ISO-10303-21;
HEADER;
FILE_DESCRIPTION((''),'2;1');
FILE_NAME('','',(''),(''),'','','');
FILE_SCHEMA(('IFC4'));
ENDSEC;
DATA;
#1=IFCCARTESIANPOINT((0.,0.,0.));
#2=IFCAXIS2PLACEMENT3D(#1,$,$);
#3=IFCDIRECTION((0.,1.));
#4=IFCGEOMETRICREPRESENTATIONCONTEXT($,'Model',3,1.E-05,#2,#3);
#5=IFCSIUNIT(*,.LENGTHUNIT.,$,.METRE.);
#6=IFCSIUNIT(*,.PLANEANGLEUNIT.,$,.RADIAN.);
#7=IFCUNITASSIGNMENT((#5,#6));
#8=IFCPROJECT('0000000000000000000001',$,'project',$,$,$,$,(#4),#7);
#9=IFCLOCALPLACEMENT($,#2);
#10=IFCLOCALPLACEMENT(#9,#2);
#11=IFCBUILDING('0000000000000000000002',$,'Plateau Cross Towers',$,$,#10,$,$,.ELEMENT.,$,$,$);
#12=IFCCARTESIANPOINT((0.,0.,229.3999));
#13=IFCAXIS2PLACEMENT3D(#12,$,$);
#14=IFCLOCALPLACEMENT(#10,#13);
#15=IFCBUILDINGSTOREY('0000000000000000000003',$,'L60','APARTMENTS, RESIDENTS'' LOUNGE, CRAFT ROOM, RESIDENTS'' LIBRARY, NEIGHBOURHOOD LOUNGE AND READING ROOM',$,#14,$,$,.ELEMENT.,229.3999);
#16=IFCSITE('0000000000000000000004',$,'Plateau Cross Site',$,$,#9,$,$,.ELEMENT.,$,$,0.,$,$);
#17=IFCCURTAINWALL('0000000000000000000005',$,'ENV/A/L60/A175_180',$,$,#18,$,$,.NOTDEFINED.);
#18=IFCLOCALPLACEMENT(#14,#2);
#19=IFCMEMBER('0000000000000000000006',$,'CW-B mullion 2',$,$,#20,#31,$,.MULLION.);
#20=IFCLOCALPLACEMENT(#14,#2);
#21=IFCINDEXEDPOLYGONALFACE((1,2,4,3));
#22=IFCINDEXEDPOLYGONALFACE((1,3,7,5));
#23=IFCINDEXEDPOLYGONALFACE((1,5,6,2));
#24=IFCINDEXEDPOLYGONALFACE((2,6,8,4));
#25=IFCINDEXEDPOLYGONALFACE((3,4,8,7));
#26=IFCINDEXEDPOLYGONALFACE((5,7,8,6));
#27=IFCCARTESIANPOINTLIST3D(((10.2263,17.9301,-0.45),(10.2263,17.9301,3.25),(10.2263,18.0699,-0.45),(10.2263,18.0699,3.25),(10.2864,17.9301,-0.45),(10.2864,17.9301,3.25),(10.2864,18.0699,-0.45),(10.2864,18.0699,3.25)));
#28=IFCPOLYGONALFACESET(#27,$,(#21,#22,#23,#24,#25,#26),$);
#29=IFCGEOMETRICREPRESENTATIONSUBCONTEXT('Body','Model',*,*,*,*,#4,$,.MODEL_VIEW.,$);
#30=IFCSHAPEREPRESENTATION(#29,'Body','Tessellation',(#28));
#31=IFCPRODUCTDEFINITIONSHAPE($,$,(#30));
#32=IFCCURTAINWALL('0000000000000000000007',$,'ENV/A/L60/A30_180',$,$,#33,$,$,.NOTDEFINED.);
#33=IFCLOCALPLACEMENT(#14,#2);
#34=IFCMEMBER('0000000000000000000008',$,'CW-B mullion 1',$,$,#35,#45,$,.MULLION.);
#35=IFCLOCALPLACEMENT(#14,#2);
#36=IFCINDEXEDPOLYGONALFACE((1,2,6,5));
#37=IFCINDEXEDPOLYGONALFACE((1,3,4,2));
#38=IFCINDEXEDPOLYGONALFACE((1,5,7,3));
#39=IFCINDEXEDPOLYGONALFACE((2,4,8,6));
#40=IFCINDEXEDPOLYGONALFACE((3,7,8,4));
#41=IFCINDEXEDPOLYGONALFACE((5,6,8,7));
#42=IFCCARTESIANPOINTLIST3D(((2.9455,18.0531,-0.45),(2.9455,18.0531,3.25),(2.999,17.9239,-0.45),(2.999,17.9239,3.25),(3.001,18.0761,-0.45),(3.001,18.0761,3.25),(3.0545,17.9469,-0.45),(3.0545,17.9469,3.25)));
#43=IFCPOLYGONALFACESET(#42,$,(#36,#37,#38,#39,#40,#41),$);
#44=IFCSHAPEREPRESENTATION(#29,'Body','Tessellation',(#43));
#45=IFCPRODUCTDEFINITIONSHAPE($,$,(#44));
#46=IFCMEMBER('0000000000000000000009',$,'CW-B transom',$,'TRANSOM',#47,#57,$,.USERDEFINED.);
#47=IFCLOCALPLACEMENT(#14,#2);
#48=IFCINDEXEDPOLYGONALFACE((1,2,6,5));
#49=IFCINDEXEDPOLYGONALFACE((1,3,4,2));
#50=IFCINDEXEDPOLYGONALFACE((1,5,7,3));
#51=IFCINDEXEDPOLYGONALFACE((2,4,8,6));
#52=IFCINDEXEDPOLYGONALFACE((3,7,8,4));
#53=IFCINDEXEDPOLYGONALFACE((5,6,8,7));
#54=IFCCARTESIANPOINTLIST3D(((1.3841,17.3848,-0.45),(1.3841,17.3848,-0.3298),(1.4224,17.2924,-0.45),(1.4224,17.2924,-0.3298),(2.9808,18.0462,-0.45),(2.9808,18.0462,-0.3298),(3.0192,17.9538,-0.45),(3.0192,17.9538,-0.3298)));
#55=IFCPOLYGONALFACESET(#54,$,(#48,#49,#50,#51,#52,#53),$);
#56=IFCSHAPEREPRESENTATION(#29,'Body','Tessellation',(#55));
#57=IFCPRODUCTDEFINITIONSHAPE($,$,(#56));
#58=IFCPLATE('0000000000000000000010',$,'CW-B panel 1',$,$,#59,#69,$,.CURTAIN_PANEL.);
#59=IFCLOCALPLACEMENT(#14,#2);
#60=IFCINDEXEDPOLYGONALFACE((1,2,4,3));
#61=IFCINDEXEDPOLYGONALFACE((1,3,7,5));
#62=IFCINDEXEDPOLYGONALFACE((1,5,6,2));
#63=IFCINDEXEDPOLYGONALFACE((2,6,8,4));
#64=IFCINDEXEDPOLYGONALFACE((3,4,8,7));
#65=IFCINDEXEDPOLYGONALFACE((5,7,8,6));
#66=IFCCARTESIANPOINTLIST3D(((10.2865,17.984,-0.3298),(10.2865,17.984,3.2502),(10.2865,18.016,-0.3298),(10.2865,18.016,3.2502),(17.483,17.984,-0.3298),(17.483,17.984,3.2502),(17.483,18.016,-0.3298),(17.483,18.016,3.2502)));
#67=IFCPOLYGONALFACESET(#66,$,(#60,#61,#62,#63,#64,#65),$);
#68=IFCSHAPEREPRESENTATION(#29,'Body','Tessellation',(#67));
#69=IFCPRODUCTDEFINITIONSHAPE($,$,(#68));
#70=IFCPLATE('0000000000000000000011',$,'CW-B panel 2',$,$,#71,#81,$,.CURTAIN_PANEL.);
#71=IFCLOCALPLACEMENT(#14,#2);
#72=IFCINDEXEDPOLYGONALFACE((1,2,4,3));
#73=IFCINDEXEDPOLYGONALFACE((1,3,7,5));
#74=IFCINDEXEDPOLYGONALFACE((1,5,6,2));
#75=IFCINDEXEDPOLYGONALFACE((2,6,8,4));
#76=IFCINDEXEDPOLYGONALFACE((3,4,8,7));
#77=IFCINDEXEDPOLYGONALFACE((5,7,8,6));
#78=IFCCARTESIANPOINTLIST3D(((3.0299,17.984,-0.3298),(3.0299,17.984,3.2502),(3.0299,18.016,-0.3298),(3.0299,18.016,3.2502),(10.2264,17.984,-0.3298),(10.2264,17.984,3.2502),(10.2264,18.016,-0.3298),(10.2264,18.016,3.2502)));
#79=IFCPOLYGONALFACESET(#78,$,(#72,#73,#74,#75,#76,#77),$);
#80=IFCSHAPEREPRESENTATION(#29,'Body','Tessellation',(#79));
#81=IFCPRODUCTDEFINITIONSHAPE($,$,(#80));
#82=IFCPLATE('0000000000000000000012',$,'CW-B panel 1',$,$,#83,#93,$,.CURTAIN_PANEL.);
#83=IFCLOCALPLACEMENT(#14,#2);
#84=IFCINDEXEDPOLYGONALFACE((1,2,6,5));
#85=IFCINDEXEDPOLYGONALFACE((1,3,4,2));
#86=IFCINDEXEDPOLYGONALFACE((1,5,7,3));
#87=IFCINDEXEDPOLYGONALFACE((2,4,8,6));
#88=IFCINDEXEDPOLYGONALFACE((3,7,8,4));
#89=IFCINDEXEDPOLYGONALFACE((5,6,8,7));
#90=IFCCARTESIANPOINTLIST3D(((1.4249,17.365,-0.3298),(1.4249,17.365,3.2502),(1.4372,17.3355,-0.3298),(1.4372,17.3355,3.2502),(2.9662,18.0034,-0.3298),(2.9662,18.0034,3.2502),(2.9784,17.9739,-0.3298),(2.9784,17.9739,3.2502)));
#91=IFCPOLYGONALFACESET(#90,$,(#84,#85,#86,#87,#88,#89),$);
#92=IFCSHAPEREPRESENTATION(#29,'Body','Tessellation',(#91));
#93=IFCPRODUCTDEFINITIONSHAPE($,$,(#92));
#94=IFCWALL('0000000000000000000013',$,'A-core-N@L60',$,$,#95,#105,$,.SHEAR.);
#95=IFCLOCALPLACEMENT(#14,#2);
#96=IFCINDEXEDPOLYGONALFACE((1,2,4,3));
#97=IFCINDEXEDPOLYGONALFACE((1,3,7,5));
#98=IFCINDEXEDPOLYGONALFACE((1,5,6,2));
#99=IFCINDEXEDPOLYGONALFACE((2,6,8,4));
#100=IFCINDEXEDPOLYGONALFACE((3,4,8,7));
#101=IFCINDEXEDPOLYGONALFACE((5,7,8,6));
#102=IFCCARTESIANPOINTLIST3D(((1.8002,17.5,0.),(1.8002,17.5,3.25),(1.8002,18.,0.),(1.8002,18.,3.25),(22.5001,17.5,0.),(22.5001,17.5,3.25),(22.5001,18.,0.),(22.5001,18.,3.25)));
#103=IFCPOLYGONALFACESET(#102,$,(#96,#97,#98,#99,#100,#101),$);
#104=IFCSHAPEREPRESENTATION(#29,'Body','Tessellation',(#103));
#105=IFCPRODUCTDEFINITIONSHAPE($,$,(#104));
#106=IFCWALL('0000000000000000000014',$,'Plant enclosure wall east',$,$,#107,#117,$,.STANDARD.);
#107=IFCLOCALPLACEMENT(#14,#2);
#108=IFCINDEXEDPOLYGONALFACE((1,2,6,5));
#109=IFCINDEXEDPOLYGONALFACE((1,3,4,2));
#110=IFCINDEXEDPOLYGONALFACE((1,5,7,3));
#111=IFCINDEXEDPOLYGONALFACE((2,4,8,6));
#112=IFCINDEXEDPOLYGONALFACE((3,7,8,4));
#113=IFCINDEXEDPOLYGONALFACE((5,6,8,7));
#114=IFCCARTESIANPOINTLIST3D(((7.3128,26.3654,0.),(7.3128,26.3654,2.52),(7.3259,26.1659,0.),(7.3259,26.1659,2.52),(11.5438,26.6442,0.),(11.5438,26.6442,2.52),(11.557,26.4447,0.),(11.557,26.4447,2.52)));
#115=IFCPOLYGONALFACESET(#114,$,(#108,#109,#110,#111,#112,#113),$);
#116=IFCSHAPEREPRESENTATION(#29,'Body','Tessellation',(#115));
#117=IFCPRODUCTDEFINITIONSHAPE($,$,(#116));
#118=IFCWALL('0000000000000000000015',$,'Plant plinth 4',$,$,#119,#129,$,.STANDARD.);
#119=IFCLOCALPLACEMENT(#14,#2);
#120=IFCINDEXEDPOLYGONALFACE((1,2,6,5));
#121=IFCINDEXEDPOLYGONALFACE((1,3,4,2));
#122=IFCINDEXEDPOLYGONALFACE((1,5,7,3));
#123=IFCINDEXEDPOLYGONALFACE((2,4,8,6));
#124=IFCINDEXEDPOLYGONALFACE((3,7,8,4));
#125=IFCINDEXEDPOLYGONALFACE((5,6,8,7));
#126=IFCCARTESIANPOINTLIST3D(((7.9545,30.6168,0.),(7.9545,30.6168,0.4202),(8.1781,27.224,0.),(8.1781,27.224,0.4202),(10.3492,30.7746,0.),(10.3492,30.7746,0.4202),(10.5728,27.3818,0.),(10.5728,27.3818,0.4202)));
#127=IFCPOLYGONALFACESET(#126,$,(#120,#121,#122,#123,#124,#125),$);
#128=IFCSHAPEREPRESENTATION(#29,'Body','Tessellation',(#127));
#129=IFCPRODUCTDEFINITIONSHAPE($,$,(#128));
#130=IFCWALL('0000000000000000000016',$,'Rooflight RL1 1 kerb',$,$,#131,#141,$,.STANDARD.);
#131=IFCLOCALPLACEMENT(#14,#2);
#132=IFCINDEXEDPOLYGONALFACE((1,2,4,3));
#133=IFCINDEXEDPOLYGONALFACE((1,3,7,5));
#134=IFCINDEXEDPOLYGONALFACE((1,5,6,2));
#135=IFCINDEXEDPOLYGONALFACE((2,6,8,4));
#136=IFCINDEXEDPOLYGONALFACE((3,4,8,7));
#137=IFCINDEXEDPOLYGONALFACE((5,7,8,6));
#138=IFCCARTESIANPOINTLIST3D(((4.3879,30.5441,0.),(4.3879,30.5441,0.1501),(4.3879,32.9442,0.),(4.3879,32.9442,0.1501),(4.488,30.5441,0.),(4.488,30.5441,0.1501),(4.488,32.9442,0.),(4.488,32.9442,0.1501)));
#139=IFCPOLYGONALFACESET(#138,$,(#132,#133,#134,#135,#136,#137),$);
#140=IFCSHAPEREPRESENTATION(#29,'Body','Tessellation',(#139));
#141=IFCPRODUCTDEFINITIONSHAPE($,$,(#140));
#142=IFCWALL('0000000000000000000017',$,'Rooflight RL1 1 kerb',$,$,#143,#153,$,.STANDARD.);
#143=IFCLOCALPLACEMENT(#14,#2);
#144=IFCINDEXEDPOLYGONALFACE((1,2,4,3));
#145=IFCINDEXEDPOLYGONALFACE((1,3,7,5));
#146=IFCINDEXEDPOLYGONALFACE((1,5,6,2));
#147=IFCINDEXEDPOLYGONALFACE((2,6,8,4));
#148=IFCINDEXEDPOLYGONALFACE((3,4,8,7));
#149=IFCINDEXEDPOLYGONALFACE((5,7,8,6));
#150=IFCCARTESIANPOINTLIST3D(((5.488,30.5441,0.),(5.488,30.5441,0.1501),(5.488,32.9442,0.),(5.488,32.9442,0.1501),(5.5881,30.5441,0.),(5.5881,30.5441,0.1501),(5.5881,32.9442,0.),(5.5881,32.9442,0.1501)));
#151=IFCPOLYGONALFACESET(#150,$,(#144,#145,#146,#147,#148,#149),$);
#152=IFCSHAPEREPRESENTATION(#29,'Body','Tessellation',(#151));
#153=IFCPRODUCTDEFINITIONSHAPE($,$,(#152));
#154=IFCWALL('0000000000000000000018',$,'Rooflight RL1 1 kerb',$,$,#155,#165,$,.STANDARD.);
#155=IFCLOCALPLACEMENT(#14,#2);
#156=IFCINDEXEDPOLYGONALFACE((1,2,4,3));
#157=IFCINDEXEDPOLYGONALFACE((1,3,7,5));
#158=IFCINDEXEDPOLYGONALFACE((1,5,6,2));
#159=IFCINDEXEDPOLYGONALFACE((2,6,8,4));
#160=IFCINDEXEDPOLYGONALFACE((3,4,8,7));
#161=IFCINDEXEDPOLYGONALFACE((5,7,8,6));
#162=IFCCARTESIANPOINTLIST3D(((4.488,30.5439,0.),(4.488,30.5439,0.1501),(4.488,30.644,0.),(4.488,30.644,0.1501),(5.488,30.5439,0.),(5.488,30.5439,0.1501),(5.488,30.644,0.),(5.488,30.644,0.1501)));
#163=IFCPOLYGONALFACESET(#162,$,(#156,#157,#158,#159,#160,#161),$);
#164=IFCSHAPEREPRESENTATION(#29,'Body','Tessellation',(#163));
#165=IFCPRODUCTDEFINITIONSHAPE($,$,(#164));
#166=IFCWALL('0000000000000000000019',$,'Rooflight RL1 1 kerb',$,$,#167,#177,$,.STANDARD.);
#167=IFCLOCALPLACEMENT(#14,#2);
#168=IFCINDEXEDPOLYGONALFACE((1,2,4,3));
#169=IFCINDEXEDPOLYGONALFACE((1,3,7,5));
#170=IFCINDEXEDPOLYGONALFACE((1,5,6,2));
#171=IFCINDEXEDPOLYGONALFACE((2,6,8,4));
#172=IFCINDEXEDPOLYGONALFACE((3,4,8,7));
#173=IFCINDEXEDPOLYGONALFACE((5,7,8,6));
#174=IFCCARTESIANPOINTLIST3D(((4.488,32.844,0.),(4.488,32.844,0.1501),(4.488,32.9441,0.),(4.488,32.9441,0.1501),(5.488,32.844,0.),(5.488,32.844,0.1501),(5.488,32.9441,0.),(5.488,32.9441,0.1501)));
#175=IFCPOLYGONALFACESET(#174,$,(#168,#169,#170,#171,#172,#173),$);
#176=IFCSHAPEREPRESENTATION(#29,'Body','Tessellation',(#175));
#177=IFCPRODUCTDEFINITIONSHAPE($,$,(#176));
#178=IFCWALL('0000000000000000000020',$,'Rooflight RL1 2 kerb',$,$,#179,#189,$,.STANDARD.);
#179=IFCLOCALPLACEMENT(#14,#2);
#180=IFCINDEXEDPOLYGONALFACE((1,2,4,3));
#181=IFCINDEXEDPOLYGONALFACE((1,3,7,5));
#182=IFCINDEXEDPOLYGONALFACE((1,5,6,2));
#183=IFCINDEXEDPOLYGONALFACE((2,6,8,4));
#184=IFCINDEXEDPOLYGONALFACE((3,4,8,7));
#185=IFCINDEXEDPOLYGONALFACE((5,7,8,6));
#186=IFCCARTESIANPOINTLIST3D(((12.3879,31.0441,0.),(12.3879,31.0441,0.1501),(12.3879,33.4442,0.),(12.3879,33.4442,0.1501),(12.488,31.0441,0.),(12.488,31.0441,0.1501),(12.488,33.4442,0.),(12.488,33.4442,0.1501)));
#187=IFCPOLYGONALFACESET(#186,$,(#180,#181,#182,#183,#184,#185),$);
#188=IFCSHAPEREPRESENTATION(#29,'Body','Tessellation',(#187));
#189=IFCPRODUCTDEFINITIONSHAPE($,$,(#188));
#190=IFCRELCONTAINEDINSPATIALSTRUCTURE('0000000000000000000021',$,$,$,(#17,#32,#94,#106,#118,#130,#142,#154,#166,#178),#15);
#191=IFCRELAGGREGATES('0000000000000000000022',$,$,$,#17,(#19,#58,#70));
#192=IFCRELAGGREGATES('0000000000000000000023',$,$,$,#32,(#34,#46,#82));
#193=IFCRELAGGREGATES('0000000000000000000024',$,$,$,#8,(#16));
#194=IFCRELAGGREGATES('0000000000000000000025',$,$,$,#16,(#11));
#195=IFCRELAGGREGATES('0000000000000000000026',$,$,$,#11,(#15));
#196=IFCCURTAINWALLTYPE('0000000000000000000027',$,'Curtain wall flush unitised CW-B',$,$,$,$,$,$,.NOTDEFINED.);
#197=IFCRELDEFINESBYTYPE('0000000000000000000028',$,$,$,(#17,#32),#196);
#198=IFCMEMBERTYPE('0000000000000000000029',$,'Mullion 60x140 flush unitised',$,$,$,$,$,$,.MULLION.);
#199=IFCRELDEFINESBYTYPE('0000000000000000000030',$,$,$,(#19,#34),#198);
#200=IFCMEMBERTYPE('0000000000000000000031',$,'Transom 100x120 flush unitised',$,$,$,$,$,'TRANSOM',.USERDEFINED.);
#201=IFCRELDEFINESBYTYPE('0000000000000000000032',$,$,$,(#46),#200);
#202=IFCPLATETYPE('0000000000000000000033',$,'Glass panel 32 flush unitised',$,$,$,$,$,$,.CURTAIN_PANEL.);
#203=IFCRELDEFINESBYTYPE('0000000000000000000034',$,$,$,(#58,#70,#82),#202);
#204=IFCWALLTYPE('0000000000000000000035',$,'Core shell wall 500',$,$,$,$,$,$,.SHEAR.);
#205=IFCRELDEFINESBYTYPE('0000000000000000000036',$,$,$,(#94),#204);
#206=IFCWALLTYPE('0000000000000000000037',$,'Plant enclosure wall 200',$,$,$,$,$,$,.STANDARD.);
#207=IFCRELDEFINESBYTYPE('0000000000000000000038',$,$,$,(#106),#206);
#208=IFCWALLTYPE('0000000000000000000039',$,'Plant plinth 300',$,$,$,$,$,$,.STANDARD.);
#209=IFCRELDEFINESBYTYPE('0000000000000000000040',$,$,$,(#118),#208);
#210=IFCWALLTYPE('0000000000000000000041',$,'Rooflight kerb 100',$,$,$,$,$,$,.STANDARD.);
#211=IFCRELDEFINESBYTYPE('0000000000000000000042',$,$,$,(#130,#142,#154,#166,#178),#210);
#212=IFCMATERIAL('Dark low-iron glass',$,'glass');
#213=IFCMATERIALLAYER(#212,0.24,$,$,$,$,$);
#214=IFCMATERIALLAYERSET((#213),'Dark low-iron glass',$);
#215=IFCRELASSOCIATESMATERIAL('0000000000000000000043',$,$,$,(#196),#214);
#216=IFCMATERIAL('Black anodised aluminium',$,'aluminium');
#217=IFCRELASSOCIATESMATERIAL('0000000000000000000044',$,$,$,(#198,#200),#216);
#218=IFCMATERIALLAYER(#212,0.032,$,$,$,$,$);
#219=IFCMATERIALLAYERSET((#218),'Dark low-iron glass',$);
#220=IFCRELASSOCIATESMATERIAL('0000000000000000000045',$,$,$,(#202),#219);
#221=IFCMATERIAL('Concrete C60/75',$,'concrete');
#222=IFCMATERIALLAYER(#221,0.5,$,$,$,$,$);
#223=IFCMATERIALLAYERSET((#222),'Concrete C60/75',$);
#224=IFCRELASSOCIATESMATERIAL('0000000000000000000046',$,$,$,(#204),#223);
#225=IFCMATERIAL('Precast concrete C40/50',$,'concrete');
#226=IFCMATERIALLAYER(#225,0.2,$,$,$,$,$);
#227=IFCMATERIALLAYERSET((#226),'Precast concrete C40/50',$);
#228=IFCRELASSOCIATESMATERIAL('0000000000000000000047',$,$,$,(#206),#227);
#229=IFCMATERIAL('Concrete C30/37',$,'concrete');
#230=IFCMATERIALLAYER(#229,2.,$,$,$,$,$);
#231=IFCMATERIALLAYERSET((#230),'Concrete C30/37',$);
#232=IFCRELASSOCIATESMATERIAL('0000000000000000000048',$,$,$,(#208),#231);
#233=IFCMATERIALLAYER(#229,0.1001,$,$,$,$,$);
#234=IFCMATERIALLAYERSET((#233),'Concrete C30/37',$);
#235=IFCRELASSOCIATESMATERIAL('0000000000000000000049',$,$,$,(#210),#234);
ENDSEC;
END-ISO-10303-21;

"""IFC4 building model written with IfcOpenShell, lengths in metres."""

from ifc_helpers import new_model, si_unit, direction, frame, frame_2d, origin, origin_2d, place, context, subcontext, project, spatial, rectangle, extrude, material, layer, layer_set, material_profile, profile_set, type_object, element, aggregate, save


model = new_model("IFC4")

# Units and contexts
model_context = context("Model", 3, precision=1e-05, world=origin(), true_north=direction((0.0, 1.0)))
body_context = subcontext(model_context, "Body", "Model", "MODEL_VIEW")
ifc_project = project(units=[si_unit("LENGTHUNIT", "METRE"), si_unit("PLANEANGLEUNIT", "RADIAN")], contexts=[model_context])

# Site, building, storey
site_placement = place(None, origin())
site = spatial("IfcSite", under=ifc_project, at=site_placement, Name="Plateau Cross Site", CompositionType="ELEMENT", RefElevation=0.0)
building_placement = place(site_placement, origin())
building = spatial("IfcBuilding", under=site, at=building_placement, Name="Plateau Cross Towers", CompositionType="ELEMENT")
storey_placement = place(building_placement, frame((0.0, 0.0, 229.3999)))
storey = spatial("IfcBuildingStorey", under=building, at=storey_placement, Name="L60", Description="APARTMENTS, RESIDENTS' LOUNGE, CRAFT ROOM, RESIDENTS' LIBRARY, NEIGHBOURHOOD LOUNGE AND READING ROOM", CompositionType="ELEMENT", Elevation=229.3999)

# Curtain wall, member
ifc_material_1 = material(Name="Dark low-iron glass", Category="glass")
ifc_layer_1 = layer(ifc_material_1, 0.24)
ifc_layer_set_1 = layer_set([ifc_layer_1], Name="Dark low-iron glass")
curtain_wall_type = type_object("IfcCurtainWallType", Name="Curtain wall flush unitised CW-B", PredefinedType="NOTDEFINED", material=ifc_layer_set_1)
curtain_wall_1_placement = place(storey_placement, origin())
curtain_wall_1 = element("IfcCurtainWall", 1, at=curtain_wall_1_placement, inside=storey, type_object=curtain_wall_type, Name="ENV/A/L60/A175_180", PredefinedType="NOTDEFINED")
ifc_material_2 = material(Name="Black anodised aluminium", Category="aluminium")
ifc_material_profile_1 = material_profile(ifc_material_2, rectangle(XDim=0.0601, YDim=0.1399, at=origin_2d()), Name="MULLION 60x140")
ifc_profile_set_1 = profile_set([ifc_material_profile_1], Name="Black anodised aluminium")
member_type_1 = type_object("IfcMemberType", Name="Mullion 60x140 flush unitised", PredefinedType="MULLION", material=ifc_profile_set_1)
member_1_placement = place(storey_placement, frame((10.2563, 18.0, -0.45), z_axis=(0.0, 0.0, 1.0), x_axis=(-1.0, 0.0, 0.0)))
member_1 = element("IfcMember", 2, at=member_1_placement, type_object=member_type_1, Name="CW-B mullion 2", PredefinedType="MULLION", context=body_context, shape_type="SweptSolid", body=[
    extrude(rectangle(XDim=0.0601, YDim=0.1399, at=origin_2d()), origin(), (0.0, 0.0, 1.0), 3.7),
])

# Curtain wall, members
curtain_wall_2_placement = place(storey_placement, origin())
curtain_wall_2 = element("IfcCurtainWall", 3, at=curtain_wall_2_placement, inside=storey, type_object=curtain_wall_type, Name="ENV/A/L60/A30_180", PredefinedType="NOTDEFINED")
member_2_placement = place(storey_placement, frame((3.0, 18.0, -0.45), z_axis=(0.0, 0.0, 1.0), x_axis=(-0.923879, -0.382684, 0.0)))
member_2 = element("IfcMember", 4, at=member_2_placement, type_object=member_type_1, Name="CW-B mullion 1", PredefinedType="MULLION", context=body_context, shape_type="SweptSolid", body=[
    extrude(rectangle(XDim=0.0601, YDim=0.1399, at=origin_2d()), origin(), (0.0, 0.0, 1.0), 3.7),
])
ifc_material_profile_2 = material_profile(ifc_material_2, rectangle(XDim=0.1001, YDim=0.1201, at=origin_2d()), Name="TRANSOM 100x120")
ifc_profile_set_2 = profile_set([ifc_material_profile_2], Name="Black anodised aluminium")
member_type_2 = type_object("IfcMemberType", Name="Transom 100x120 flush unitised", ElementType="TRANSOM", PredefinedType="USERDEFINED", material=ifc_profile_set_2)
member_3_placement = place(storey_placement, frame((3.0, 18.0, -0.3899), z_axis=(-0.923877, -0.382689, 0.0), x_axis=(0.382689, -0.923877, 0.0)))
member_3 = element("IfcMember", 5, at=member_3_placement, type_object=member_type_2, Name="CW-B transom", ObjectType="TRANSOM", PredefinedType="USERDEFINED", context=body_context, shape_type="SweptSolid", body=[
    extrude(rectangle(XDim=0.1001, YDim=0.1201, at=origin_2d()), origin(), (0.0, 0.0, 1.0), 1.7283),
])

# Plates
ifc_layer_2 = layer(ifc_material_1, 0.032)
ifc_layer_set_2 = layer_set([ifc_layer_2], Name="Dark low-iron glass")
plate_type = type_object("IfcPlateType", Name="Glass panel 32 flush unitised", PredefinedType="CURTAIN_PANEL", material=ifc_layer_set_2)
plate_1_placement = place(storey_placement, frame((13.8848, 18.0, -0.3298), z_axis=(0.0, 0.0, 1.0), x_axis=(-1.0, 0.0, 0.0)))
plate_1 = element("IfcPlate", 6, at=plate_1_placement, type_object=plate_type, Name="CW-B panel 1", PredefinedType="CURTAIN_PANEL", context=body_context, shape_type="SweptSolid", body=[
    extrude(rectangle(XDim=7.1965, YDim=0.032, at=origin_2d()), origin(), (0.0, 0.0, 1.0), 3.5801),
])
plate_2_placement = place(storey_placement, frame((6.6282, 18.0, -0.3298), z_axis=(0.0, 0.0, 1.0), x_axis=(-1.0, 0.0, 0.0)))
plate_2 = element("IfcPlate", 7, at=plate_2_placement, type_object=plate_type, Name="CW-B panel 2", PredefinedType="CURTAIN_PANEL", context=body_context, shape_type="SweptSolid", body=[
    extrude(rectangle(XDim=7.1965, YDim=0.032, at=origin_2d()), origin(), (0.0, 0.0, 1.0), 3.5801),
])
aggregate(curtain_wall_1, [member_1, plate_1, plate_2])
plate_3_placement = place(storey_placement, frame((2.2017, 17.6694, -0.3298), z_axis=(0.0, 0.0, 1.0), x_axis=(-0.923879, -0.382684, 0.0)))
plate_3 = element("IfcPlate", 8, at=plate_3_placement, type_object=plate_type, Name="CW-B panel 1", PredefinedType="CURTAIN_PANEL", context=body_context, shape_type="SweptSolid", body=[
    extrude(rectangle(XDim=1.6682, YDim=0.032, at=origin_2d()), origin(), (0.0, 0.0, 1.0), 3.5801),
])
aggregate(curtain_wall_2, [member_2, member_3, plate_3])

# Walls
ifc_material_3 = material(Name="Concrete C60/75", Category="concrete")
ifc_layer_3 = layer(ifc_material_3, 0.5)
ifc_layer_set_3 = layer_set([ifc_layer_3], Name="Concrete C60/75")
wall_type_1 = type_object("IfcWallType", Name="Core shell wall 500", PredefinedType="SHEAR", material=ifc_layer_set_3)
wall_1_placement = place(storey_placement, frame((1.8, 17.75, 0.0), z_axis=(0.0, 0.0, 1.0), x_axis=(1.0, 0.0, 0.0)))
element("IfcWall", 9, at=wall_1_placement, inside=storey, type_object=wall_type_1, Name="A-core-N@L60", PredefinedType="SHEAR", context=body_context, shape_type="SweptSolid", body=[
    extrude(rectangle(XDim=20.7, YDim=0.5, at=frame_2d((10.3501, 0.0))), origin(), (0.0, 0.0, 1.0), 3.25),
])
ifc_material_4 = material(Name="Precast concrete C40/50", Category="concrete")
ifc_layer_4 = layer(ifc_material_4, 0.2)
ifc_layer_set_4 = layer_set([ifc_layer_4], Name="Precast concrete C40/50")
wall_type_2 = type_object("IfcWallType", Name="Plant enclosure wall 200", PredefinedType="STANDARD", material=ifc_layer_set_4)
wall_2_placement = place(storey_placement, frame((7.3193, 26.2656, 0.0), z_axis=(0.0, 0.0, 1.0), x_axis=(0.997836, 0.065755, 0.0)))
element("IfcWall", 10, at=wall_2_placement, inside=storey, type_object=wall_type_2, Name="Plant enclosure wall east", PredefinedType="STANDARD", context=body_context, shape_type="SweptSolid", body=[
    extrude(rectangle(XDim=4.2402, YDim=0.2, at=frame_2d((2.1201, 0.0))), origin(), (0.0, 0.0, 1.0), 2.52),
])
ifc_material_5 = material(Name="Concrete C30/37", Category="concrete")
ifc_layer_5 = layer(ifc_material_5, 2.0)
ifc_layer_set_5 = layer_set([ifc_layer_5], Name="Concrete C30/37")
wall_type_3 = type_object("IfcWallType", Name="Plant plinth 300", PredefinedType="STANDARD", material=ifc_layer_set_5)
wall_3_placement = place(storey_placement, frame((9.1519, 30.6958, 0.0), z_axis=(0.0, 0.0, 1.0), x_axis=(0.065771, -0.997835, 0.0)))
element("IfcWall", 11, at=wall_3_placement, inside=storey, type_object=wall_type_3, Name="Plant plinth 4", PredefinedType="STANDARD", context=body_context, shape_type="SweptSolid", body=[
    extrude(rectangle(XDim=3.4001, YDim=2.3999, at=frame_2d((1.7002, 0.0))), origin(), (0.0, 0.0, 1.0), 0.4202),
])
ifc_layer_6 = layer(ifc_material_5, 0.1001)
ifc_layer_set_6 = layer_set([ifc_layer_6], Name="Concrete C30/37")
wall_type_4 = type_object("IfcWallType", Name="Rooflight kerb 100", PredefinedType="STANDARD", material=ifc_layer_set_6)
for number, where, z_axis, x_axis, name in (
    (12, (4.438, 30.5439, 0.0), (0.0, 0.0, 1.0), (0.0, 1.0, 0.0), "Rooflight RL1 1 kerb"),
    (13, (5.5381, 30.5439, 0.0), (0.0, 0.0, 1.0), (0.0, 1.0, 0.0), "Rooflight RL1 1 kerb"),
):
    element("IfcWall", number, at=place(storey_placement, frame(where, z_axis=z_axis, x_axis=x_axis)), inside=storey, type_object=wall_type_4, Name=name, PredefinedType="STANDARD", context=body_context, shape_type="SweptSolid", body=[
        extrude(rectangle(XDim=2.4001, YDim=0.1001, at=frame_2d((1.2002, 0.0))), origin(), (0.0, 0.0, 1.0), 0.1501),
    ])
for number, where, z_axis, x_axis, name in (
    (14, (4.488, 30.594, 0.0), (0.0, 0.0, 1.0), (1.0, 0.0, 0.0), "Rooflight RL1 1 kerb"),
    (15, (4.488, 32.894, 0.0), (0.0, 0.0, 1.0), (1.0, 0.0, 0.0), "Rooflight RL1 1 kerb"),
):
    element("IfcWall", number, at=place(storey_placement, frame(where, z_axis=z_axis, x_axis=x_axis)), inside=storey, type_object=wall_type_4, Name=name, PredefinedType="STANDARD", context=body_context, shape_type="SweptSolid", body=[
        extrude(rectangle(XDim=1.0, YDim=0.1001, at=frame_2d((0.5, 0.0))), origin(), (0.0, 0.0, 1.0), 0.1501),
    ])
for number, where, z_axis, x_axis, name in (
    (16, (12.438, 31.0439, 0.0), (0.0, 0.0, 1.0), (0.0, 1.0, 0.0), "Rooflight RL1 2 kerb"),
):
    element("IfcWall", number, at=place(storey_placement, frame(where, z_axis=z_axis, x_axis=x_axis)), inside=storey, type_object=wall_type_4, Name=name, PredefinedType="STANDARD", context=body_context, shape_type="SweptSolid", body=[
        extrude(rectangle(XDim=2.4001, YDim=0.1001, at=frame_2d((1.2002, 0.0))), origin(), (0.0, 0.0, 1.0), 0.1501),
    ])

save(model, "model.ifc")
